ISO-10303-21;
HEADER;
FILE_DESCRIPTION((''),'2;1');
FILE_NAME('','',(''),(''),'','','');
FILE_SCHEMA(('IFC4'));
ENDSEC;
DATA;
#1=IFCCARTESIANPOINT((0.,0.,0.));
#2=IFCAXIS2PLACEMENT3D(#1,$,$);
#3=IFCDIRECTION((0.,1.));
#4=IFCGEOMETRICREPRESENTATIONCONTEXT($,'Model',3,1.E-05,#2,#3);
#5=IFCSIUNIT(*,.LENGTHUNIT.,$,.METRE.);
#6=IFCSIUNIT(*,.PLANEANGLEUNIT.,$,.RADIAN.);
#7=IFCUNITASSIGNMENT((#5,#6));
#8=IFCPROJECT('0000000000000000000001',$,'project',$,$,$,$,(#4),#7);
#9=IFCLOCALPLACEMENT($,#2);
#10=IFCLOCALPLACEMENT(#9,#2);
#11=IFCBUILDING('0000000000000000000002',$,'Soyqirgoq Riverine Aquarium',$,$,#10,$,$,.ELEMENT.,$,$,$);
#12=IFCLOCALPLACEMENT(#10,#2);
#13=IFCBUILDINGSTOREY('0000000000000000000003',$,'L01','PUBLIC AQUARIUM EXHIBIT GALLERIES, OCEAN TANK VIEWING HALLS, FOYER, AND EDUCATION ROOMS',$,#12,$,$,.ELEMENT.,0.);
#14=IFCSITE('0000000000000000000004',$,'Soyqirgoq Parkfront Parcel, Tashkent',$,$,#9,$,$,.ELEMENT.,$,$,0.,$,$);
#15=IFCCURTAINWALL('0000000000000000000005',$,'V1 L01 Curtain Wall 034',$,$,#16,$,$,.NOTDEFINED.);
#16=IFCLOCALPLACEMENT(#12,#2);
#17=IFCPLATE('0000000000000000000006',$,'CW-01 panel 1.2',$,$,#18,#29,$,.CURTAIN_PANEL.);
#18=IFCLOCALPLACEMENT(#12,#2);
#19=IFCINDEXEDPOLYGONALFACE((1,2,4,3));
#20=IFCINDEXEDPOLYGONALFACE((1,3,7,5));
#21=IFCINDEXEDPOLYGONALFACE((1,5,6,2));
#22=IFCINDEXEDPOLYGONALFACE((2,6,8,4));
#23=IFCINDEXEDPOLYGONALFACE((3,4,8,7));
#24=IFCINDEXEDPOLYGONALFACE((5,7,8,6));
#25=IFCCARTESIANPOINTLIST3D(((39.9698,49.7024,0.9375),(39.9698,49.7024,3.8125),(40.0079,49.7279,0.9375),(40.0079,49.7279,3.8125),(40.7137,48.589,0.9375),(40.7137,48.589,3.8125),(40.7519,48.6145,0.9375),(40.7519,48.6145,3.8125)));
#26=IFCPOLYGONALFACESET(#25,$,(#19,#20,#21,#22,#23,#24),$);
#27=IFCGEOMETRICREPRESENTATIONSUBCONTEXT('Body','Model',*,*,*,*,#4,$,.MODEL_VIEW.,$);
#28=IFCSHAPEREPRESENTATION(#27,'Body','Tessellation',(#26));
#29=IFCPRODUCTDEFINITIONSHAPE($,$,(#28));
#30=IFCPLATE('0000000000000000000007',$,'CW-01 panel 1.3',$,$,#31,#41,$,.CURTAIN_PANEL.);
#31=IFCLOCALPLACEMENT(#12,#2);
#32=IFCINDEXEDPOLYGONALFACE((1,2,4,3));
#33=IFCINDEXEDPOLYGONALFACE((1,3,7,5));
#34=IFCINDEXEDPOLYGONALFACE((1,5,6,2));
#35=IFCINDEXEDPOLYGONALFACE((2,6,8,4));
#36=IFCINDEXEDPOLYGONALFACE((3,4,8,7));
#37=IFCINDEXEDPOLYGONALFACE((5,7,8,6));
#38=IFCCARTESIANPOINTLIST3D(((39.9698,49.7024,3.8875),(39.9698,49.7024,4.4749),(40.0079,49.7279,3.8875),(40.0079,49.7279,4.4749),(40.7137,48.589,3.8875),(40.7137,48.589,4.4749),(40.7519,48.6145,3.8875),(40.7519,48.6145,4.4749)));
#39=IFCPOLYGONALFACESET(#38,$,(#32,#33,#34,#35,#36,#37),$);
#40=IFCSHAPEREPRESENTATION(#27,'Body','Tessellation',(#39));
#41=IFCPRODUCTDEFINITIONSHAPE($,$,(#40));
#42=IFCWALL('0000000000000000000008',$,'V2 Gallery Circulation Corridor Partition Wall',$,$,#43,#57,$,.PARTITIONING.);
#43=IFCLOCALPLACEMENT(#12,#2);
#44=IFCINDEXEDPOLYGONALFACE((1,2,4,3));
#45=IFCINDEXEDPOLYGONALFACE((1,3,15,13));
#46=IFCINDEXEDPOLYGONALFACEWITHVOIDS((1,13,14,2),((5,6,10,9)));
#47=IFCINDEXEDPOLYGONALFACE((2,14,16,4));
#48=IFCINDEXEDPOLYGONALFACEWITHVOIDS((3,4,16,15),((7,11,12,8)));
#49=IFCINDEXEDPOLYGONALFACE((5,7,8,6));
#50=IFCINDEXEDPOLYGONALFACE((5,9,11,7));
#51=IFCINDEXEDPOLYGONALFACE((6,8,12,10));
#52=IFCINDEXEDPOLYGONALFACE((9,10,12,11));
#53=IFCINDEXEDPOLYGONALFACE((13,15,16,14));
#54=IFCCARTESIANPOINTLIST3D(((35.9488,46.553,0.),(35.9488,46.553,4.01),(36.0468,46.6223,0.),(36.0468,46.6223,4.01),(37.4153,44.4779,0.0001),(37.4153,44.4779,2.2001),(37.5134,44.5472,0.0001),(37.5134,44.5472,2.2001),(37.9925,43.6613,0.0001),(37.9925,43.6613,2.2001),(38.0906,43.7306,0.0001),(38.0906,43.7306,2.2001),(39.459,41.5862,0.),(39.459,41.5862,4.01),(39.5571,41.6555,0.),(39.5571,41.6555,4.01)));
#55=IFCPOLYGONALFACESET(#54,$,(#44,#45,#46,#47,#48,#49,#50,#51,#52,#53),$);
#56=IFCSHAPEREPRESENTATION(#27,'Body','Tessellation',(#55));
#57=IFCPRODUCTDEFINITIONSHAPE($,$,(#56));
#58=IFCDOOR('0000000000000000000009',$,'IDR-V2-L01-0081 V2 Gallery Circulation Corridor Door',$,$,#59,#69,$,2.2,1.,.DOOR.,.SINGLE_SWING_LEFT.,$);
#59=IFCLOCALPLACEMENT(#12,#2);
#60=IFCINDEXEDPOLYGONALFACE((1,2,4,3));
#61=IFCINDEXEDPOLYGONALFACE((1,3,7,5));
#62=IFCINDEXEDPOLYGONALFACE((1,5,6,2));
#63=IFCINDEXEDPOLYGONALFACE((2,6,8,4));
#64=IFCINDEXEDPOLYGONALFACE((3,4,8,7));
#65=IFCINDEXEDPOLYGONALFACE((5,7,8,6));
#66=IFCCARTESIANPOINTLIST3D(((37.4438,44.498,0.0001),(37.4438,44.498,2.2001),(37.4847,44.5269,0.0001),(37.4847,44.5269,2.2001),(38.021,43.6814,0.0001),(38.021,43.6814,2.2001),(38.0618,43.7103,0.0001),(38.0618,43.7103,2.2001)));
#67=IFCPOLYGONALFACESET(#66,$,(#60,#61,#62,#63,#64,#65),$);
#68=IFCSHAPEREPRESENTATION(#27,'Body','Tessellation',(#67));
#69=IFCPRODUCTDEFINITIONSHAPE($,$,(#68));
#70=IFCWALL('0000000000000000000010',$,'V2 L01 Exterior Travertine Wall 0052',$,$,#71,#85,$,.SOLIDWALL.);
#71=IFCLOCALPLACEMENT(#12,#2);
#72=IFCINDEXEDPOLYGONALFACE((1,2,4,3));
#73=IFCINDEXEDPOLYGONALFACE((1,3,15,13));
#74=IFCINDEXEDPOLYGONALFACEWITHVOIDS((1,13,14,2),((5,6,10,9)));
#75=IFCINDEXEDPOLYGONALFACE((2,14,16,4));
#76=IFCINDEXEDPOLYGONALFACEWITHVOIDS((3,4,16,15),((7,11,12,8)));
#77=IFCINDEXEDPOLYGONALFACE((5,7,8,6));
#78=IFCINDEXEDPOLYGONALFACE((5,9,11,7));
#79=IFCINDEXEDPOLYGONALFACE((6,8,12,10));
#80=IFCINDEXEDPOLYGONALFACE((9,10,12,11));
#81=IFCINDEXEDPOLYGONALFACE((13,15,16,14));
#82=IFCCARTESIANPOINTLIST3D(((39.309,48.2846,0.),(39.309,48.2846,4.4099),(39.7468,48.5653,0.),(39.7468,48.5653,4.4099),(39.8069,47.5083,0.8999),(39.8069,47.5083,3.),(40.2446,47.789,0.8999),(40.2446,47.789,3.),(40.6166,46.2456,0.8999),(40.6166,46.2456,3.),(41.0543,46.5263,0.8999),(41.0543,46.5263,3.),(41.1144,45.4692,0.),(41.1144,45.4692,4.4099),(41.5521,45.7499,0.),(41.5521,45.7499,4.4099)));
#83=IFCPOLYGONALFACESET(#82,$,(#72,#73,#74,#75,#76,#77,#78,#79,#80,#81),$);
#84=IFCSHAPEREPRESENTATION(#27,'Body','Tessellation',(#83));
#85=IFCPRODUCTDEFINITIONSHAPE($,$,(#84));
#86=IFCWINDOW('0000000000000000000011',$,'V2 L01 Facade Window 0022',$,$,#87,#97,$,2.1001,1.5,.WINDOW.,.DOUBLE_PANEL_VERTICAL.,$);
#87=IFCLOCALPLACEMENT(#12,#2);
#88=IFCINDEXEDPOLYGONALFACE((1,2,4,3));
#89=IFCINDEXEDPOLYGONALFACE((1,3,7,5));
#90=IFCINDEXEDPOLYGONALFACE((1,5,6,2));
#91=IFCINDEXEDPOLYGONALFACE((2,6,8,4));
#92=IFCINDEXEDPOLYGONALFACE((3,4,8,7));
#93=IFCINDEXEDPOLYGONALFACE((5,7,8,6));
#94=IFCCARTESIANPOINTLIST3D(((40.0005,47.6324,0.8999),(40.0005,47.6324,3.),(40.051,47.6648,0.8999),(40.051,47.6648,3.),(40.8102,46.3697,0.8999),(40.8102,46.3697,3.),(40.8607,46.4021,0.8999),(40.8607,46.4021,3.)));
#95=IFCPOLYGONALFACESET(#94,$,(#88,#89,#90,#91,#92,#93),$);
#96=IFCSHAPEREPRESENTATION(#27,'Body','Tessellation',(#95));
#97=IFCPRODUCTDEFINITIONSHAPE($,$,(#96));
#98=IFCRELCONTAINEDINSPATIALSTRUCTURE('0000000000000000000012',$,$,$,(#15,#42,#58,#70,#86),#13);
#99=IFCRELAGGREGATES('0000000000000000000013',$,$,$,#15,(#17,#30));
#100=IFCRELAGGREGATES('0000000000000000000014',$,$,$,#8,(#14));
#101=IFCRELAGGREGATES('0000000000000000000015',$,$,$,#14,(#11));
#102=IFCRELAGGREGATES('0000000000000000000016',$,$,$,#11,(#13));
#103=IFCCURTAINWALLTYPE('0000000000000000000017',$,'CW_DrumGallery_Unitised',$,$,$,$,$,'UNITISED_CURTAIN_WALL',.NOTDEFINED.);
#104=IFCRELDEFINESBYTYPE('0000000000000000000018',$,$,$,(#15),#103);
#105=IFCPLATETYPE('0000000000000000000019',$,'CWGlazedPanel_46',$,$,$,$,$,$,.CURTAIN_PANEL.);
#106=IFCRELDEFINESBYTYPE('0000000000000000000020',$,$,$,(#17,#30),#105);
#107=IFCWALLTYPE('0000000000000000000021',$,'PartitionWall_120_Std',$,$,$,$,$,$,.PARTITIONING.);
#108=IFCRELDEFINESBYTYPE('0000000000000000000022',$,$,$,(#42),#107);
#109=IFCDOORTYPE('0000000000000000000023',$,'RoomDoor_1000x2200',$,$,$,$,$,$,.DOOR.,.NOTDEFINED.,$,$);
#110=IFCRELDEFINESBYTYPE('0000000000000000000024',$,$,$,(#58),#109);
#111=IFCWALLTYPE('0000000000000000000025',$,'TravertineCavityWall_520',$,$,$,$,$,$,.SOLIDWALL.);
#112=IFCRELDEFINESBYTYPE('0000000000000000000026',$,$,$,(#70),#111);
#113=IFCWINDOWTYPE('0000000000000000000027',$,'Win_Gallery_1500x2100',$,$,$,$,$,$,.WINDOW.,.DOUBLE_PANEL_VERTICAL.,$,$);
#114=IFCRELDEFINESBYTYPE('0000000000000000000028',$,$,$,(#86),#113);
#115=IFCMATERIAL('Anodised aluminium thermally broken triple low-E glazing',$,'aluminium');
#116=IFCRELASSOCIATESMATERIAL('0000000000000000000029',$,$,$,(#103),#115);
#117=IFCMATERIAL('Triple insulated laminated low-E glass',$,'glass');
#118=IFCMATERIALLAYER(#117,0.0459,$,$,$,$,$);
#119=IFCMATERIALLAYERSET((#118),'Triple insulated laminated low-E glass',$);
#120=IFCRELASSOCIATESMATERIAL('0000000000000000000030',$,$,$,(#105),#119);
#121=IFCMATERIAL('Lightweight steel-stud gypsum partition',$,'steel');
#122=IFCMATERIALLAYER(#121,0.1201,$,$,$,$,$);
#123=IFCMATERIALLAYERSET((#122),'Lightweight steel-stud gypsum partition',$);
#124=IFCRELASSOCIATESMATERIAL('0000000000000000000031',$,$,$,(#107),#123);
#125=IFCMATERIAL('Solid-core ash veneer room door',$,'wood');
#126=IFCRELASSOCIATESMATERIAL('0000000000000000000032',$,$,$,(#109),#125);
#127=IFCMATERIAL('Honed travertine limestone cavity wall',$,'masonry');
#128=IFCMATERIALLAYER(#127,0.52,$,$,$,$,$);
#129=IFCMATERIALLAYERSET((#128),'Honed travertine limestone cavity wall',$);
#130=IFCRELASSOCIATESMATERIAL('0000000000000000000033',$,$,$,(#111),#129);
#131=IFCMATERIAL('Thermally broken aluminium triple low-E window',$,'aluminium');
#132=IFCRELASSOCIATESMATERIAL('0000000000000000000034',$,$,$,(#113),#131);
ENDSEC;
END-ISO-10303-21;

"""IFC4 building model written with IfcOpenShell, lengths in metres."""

from ifc_helpers import new_model, si_unit, direction, frame, frame_2d, origin, origin_2d, place, context, subcontext, project, spatial, rectangle, extrude, material, layer, layer_set, type_object, element, fill, aggregate, save


model = new_model("IFC4")

# Units and contexts
model_context = context("Model", 3, precision=1e-05, world=origin(), true_north=direction((0.0, 1.0)))
body_context = subcontext(model_context, "Body", "Model", "MODEL_VIEW")
ifc_project = project(units=[si_unit("LENGTHUNIT", "METRE"), si_unit("PLANEANGLEUNIT", "RADIAN")], contexts=[model_context])

# Site, building, storey
site_placement = place(None, origin())
site = spatial("IfcSite", under=ifc_project, at=site_placement, Name="Soyqirgoq Parkfront Parcel, Tashkent", CompositionType="ELEMENT", RefElevation=0.0)
building_placement = place(site_placement, origin())
building = spatial("IfcBuilding", under=site, at=building_placement, Name="Soyqirgoq Riverine Aquarium", CompositionType="ELEMENT")
storey_placement = place(building_placement, origin())
storey = spatial("IfcBuildingStorey", under=building, at=storey_placement, Name="L01", Description="PUBLIC AQUARIUM EXHIBIT GALLERIES, OCEAN TANK VIEWING HALLS, FOYER, AND EDUCATION ROOMS", CompositionType="ELEMENT", Elevation=0.0)

# Curtain wall
ifc_material_1 = material(Name="Anodised aluminium thermally broken triple low-E glazing", Category="aluminium")
curtain_wall_type = type_object("IfcCurtainWallType", Name="CW_DrumGallery_Unitised", ElementType="UNITISED_CURTAIN_WALL", PredefinedType="NOTDEFINED", material=ifc_material_1)
curtain_wall_placement = place(storey_placement, origin())
curtain_wall = element("IfcCurtainWall", 1, at=curtain_wall_placement, inside=storey, type_object=curtain_wall_type, Name="V1 L01 Curtain Wall 034", PredefinedType="NOTDEFINED")

# Plates
ifc_material_2 = material(Name="Triple insulated laminated low-E glass", Category="glass")
ifc_layer_1 = layer(ifc_material_2, 0.0459)
ifc_layer_set_1 = layer_set([ifc_layer_1], Name="Triple insulated laminated low-E glass")
plate_type = type_object("IfcPlateType", Name="CWGlazedPanel_46", PredefinedType="CURTAIN_PANEL", material=ifc_layer_set_1)
plate_1_placement = place(storey_placement, frame((40.3608, 49.1584, 0.9375), z_axis=(0.0, 0.0, 1.0), x_axis=(0.555574, -0.831467, 0.0)))
plate_1 = element("IfcPlate", 2, at=plate_1_placement, type_object=plate_type, Name="CW-01 panel 1.2", PredefinedType="CURTAIN_PANEL", context=body_context, shape_type="SweptSolid", body=[
    extrude(rectangle(XDim=1.3391, YDim=0.0459, at=origin_2d()), origin(), (0.0, 0.0, 1.0), 2.875),
])
plate_2_placement = place(storey_placement, frame((40.3608, 49.1584, 3.8875), z_axis=(0.0, 0.0, 1.0), x_axis=(0.555574, -0.831467, 0.0)))
plate_2 = element("IfcPlate", 3, at=plate_2_placement, type_object=plate_type, Name="CW-01 panel 1.3", PredefinedType="CURTAIN_PANEL", context=body_context, shape_type="SweptSolid", body=[
    extrude(rectangle(XDim=1.3391, YDim=0.0459, at=origin_2d()), origin(), (0.0, 0.0, 1.0), 0.5874),
])
aggregate(curtain_wall, [plate_1, plate_2])

# Wall, opening, door
ifc_material_3 = material(Name="Lightweight steel-stud gypsum partition", Category="steel")
ifc_layer_2 = layer(ifc_material_3, 0.1201)
ifc_layer_set_2 = layer_set([ifc_layer_2], Name="Lightweight steel-stud gypsum partition")
wall_type_1 = type_object("IfcWallType", Name="PartitionWall_120_Std", PredefinedType="PARTITIONING", material=ifc_layer_set_2)
wall_1_placement = place(storey_placement, frame((35.9978, 46.5876, 0.0), z_axis=(0.0, 0.0, 1.0), x_axis=(0.577153, -0.816636, 0.0)))
wall_1 = element("IfcWall", 4, at=wall_1_placement, inside=storey, type_object=wall_type_1, Name="V2 Gallery Circulation Corridor Partition Wall", PredefinedType="PARTITIONING", context=body_context, shape_type="SweptSolid", body=[
    extrude(rectangle(XDim=6.082, YDim=0.1201, at=frame_2d((3.041, 0.0))), origin(), (0.0, 0.0, 1.0), 4.01),
])
opening_1_placement = place(wall_1_placement, frame((2.541, 0.0, 0.0)))
opening_1 = element("IfcOpeningElement", 5, at=opening_1_placement, cuts=wall_1, PredefinedType="OPENING", context=body_context, shape_type="SweptSolid", body=[
    extrude(rectangle(XDim=1.0, YDim=2.2, at=frame_2d((0.5, 1.1001))), frame((0.0, 0.0701, 0.0), z_axis=(0.0, -1.0, 0.0), x_axis=(1.0, 0.0, 0.0)), (0.0, 0.0, 1.0), 0.1401),
])
ifc_material_4 = material(Name="Solid-core ash veneer room door", Category="wood")
door_type = type_object("IfcDoorType", Name="RoomDoor_1000x2200", OperationType="NOTDEFINED", PredefinedType="DOOR", material=ifc_material_4)
door_placement = place(opening_1_placement, origin())
door = element("IfcDoor", 6, at=door_placement, inside=storey, type_object=door_type, Name="IDR-V2-L01-0081 V2 Gallery Circulation Corridor Door", OperationType="SINGLE_SWING_LEFT", OverallHeight=2.2, OverallWidth=1.0, PredefinedType="DOOR", context=body_context, shape_type="SweptSolid", body=[
    extrude(rectangle(XDim=1.0, YDim=2.2, at=frame_2d((0.5, 1.1001))), frame((0.0, 0.0249, 0.0), z_axis=(0.0, -1.0, 0.0), x_axis=(1.0, 0.0, 0.0)), (0.0, 0.0, 1.0), 0.05),
])
fill(opening_1, door)

# Wall, opening, window
ifc_material_5 = material(Name="Honed travertine limestone cavity wall", Category="masonry")
ifc_layer_3 = layer(ifc_material_5, 0.52)
ifc_layer_set_3 = layer_set([ifc_layer_3], Name="Honed travertine limestone cavity wall")
wall_type_2 = type_object("IfcWallType", Name="TravertineCavityWall_520", PredefinedType="SOLIDWALL", material=ifc_layer_set_3)
wall_2_placement = place(storey_placement, frame((39.5278, 48.425, 0.0), z_axis=(0.0, 0.0, 1.0), x_axis=(0.539805, -0.84179, 0.0)))
wall_2 = element("IfcWall", 7, at=wall_2_placement, inside=storey, type_object=wall_type_2, Name="V2 L01 Exterior Travertine Wall 0052", PredefinedType="SOLIDWALL", context=body_context, shape_type="SweptSolid", body=[
    extrude(rectangle(XDim=3.3445, YDim=0.52, at=frame_2d((1.6724, 0.0))), origin(), (0.0, 0.0, 1.0), 4.4099),
])
opening_2_placement = place(wall_2_placement, frame((0.9224, 0.0, 0.8999)))
opening_2 = element("IfcOpeningElement", 8, at=opening_2_placement, cuts=wall_2, PredefinedType="OPENING", context=body_context, shape_type="SweptSolid", body=[
    extrude(rectangle(XDim=1.5, YDim=2.1001, at=frame_2d((0.75, 1.05))), frame((0.0, 0.27, 0.0), z_axis=(0.0, -1.0, 0.0), x_axis=(1.0, 0.0, 0.0)), (0.0, 0.0, 1.0), 0.54),
])
ifc_material_6 = material(Name="Thermally broken aluminium triple low-E window", Category="aluminium")
window_type = type_object("IfcWindowType", Name="Win_Gallery_1500x2100", PartitioningType="DOUBLE_PANEL_VERTICAL", PredefinedType="WINDOW", material=ifc_material_6)
window_placement = place(opening_2_placement, origin())
window = element("IfcWindow", 9, at=window_placement, inside=storey, type_object=window_type, Name="V2 L01 Facade Window 0022", OverallHeight=2.1001, OverallWidth=1.5, PartitioningType="DOUBLE_PANEL_VERTICAL", PredefinedType="WINDOW", context=body_context, shape_type="SweptSolid", body=[
    extrude(rectangle(XDim=1.5, YDim=2.1001, at=frame_2d((0.75, 1.05))), frame((0.0, 0.03, 0.0), z_axis=(0.0, -1.0, 0.0), x_axis=(1.0, 0.0, 0.0)), (0.0, 0.0, 1.0), 0.0601),
])
fill(opening_2, window)

save(model, "model.ifc")
